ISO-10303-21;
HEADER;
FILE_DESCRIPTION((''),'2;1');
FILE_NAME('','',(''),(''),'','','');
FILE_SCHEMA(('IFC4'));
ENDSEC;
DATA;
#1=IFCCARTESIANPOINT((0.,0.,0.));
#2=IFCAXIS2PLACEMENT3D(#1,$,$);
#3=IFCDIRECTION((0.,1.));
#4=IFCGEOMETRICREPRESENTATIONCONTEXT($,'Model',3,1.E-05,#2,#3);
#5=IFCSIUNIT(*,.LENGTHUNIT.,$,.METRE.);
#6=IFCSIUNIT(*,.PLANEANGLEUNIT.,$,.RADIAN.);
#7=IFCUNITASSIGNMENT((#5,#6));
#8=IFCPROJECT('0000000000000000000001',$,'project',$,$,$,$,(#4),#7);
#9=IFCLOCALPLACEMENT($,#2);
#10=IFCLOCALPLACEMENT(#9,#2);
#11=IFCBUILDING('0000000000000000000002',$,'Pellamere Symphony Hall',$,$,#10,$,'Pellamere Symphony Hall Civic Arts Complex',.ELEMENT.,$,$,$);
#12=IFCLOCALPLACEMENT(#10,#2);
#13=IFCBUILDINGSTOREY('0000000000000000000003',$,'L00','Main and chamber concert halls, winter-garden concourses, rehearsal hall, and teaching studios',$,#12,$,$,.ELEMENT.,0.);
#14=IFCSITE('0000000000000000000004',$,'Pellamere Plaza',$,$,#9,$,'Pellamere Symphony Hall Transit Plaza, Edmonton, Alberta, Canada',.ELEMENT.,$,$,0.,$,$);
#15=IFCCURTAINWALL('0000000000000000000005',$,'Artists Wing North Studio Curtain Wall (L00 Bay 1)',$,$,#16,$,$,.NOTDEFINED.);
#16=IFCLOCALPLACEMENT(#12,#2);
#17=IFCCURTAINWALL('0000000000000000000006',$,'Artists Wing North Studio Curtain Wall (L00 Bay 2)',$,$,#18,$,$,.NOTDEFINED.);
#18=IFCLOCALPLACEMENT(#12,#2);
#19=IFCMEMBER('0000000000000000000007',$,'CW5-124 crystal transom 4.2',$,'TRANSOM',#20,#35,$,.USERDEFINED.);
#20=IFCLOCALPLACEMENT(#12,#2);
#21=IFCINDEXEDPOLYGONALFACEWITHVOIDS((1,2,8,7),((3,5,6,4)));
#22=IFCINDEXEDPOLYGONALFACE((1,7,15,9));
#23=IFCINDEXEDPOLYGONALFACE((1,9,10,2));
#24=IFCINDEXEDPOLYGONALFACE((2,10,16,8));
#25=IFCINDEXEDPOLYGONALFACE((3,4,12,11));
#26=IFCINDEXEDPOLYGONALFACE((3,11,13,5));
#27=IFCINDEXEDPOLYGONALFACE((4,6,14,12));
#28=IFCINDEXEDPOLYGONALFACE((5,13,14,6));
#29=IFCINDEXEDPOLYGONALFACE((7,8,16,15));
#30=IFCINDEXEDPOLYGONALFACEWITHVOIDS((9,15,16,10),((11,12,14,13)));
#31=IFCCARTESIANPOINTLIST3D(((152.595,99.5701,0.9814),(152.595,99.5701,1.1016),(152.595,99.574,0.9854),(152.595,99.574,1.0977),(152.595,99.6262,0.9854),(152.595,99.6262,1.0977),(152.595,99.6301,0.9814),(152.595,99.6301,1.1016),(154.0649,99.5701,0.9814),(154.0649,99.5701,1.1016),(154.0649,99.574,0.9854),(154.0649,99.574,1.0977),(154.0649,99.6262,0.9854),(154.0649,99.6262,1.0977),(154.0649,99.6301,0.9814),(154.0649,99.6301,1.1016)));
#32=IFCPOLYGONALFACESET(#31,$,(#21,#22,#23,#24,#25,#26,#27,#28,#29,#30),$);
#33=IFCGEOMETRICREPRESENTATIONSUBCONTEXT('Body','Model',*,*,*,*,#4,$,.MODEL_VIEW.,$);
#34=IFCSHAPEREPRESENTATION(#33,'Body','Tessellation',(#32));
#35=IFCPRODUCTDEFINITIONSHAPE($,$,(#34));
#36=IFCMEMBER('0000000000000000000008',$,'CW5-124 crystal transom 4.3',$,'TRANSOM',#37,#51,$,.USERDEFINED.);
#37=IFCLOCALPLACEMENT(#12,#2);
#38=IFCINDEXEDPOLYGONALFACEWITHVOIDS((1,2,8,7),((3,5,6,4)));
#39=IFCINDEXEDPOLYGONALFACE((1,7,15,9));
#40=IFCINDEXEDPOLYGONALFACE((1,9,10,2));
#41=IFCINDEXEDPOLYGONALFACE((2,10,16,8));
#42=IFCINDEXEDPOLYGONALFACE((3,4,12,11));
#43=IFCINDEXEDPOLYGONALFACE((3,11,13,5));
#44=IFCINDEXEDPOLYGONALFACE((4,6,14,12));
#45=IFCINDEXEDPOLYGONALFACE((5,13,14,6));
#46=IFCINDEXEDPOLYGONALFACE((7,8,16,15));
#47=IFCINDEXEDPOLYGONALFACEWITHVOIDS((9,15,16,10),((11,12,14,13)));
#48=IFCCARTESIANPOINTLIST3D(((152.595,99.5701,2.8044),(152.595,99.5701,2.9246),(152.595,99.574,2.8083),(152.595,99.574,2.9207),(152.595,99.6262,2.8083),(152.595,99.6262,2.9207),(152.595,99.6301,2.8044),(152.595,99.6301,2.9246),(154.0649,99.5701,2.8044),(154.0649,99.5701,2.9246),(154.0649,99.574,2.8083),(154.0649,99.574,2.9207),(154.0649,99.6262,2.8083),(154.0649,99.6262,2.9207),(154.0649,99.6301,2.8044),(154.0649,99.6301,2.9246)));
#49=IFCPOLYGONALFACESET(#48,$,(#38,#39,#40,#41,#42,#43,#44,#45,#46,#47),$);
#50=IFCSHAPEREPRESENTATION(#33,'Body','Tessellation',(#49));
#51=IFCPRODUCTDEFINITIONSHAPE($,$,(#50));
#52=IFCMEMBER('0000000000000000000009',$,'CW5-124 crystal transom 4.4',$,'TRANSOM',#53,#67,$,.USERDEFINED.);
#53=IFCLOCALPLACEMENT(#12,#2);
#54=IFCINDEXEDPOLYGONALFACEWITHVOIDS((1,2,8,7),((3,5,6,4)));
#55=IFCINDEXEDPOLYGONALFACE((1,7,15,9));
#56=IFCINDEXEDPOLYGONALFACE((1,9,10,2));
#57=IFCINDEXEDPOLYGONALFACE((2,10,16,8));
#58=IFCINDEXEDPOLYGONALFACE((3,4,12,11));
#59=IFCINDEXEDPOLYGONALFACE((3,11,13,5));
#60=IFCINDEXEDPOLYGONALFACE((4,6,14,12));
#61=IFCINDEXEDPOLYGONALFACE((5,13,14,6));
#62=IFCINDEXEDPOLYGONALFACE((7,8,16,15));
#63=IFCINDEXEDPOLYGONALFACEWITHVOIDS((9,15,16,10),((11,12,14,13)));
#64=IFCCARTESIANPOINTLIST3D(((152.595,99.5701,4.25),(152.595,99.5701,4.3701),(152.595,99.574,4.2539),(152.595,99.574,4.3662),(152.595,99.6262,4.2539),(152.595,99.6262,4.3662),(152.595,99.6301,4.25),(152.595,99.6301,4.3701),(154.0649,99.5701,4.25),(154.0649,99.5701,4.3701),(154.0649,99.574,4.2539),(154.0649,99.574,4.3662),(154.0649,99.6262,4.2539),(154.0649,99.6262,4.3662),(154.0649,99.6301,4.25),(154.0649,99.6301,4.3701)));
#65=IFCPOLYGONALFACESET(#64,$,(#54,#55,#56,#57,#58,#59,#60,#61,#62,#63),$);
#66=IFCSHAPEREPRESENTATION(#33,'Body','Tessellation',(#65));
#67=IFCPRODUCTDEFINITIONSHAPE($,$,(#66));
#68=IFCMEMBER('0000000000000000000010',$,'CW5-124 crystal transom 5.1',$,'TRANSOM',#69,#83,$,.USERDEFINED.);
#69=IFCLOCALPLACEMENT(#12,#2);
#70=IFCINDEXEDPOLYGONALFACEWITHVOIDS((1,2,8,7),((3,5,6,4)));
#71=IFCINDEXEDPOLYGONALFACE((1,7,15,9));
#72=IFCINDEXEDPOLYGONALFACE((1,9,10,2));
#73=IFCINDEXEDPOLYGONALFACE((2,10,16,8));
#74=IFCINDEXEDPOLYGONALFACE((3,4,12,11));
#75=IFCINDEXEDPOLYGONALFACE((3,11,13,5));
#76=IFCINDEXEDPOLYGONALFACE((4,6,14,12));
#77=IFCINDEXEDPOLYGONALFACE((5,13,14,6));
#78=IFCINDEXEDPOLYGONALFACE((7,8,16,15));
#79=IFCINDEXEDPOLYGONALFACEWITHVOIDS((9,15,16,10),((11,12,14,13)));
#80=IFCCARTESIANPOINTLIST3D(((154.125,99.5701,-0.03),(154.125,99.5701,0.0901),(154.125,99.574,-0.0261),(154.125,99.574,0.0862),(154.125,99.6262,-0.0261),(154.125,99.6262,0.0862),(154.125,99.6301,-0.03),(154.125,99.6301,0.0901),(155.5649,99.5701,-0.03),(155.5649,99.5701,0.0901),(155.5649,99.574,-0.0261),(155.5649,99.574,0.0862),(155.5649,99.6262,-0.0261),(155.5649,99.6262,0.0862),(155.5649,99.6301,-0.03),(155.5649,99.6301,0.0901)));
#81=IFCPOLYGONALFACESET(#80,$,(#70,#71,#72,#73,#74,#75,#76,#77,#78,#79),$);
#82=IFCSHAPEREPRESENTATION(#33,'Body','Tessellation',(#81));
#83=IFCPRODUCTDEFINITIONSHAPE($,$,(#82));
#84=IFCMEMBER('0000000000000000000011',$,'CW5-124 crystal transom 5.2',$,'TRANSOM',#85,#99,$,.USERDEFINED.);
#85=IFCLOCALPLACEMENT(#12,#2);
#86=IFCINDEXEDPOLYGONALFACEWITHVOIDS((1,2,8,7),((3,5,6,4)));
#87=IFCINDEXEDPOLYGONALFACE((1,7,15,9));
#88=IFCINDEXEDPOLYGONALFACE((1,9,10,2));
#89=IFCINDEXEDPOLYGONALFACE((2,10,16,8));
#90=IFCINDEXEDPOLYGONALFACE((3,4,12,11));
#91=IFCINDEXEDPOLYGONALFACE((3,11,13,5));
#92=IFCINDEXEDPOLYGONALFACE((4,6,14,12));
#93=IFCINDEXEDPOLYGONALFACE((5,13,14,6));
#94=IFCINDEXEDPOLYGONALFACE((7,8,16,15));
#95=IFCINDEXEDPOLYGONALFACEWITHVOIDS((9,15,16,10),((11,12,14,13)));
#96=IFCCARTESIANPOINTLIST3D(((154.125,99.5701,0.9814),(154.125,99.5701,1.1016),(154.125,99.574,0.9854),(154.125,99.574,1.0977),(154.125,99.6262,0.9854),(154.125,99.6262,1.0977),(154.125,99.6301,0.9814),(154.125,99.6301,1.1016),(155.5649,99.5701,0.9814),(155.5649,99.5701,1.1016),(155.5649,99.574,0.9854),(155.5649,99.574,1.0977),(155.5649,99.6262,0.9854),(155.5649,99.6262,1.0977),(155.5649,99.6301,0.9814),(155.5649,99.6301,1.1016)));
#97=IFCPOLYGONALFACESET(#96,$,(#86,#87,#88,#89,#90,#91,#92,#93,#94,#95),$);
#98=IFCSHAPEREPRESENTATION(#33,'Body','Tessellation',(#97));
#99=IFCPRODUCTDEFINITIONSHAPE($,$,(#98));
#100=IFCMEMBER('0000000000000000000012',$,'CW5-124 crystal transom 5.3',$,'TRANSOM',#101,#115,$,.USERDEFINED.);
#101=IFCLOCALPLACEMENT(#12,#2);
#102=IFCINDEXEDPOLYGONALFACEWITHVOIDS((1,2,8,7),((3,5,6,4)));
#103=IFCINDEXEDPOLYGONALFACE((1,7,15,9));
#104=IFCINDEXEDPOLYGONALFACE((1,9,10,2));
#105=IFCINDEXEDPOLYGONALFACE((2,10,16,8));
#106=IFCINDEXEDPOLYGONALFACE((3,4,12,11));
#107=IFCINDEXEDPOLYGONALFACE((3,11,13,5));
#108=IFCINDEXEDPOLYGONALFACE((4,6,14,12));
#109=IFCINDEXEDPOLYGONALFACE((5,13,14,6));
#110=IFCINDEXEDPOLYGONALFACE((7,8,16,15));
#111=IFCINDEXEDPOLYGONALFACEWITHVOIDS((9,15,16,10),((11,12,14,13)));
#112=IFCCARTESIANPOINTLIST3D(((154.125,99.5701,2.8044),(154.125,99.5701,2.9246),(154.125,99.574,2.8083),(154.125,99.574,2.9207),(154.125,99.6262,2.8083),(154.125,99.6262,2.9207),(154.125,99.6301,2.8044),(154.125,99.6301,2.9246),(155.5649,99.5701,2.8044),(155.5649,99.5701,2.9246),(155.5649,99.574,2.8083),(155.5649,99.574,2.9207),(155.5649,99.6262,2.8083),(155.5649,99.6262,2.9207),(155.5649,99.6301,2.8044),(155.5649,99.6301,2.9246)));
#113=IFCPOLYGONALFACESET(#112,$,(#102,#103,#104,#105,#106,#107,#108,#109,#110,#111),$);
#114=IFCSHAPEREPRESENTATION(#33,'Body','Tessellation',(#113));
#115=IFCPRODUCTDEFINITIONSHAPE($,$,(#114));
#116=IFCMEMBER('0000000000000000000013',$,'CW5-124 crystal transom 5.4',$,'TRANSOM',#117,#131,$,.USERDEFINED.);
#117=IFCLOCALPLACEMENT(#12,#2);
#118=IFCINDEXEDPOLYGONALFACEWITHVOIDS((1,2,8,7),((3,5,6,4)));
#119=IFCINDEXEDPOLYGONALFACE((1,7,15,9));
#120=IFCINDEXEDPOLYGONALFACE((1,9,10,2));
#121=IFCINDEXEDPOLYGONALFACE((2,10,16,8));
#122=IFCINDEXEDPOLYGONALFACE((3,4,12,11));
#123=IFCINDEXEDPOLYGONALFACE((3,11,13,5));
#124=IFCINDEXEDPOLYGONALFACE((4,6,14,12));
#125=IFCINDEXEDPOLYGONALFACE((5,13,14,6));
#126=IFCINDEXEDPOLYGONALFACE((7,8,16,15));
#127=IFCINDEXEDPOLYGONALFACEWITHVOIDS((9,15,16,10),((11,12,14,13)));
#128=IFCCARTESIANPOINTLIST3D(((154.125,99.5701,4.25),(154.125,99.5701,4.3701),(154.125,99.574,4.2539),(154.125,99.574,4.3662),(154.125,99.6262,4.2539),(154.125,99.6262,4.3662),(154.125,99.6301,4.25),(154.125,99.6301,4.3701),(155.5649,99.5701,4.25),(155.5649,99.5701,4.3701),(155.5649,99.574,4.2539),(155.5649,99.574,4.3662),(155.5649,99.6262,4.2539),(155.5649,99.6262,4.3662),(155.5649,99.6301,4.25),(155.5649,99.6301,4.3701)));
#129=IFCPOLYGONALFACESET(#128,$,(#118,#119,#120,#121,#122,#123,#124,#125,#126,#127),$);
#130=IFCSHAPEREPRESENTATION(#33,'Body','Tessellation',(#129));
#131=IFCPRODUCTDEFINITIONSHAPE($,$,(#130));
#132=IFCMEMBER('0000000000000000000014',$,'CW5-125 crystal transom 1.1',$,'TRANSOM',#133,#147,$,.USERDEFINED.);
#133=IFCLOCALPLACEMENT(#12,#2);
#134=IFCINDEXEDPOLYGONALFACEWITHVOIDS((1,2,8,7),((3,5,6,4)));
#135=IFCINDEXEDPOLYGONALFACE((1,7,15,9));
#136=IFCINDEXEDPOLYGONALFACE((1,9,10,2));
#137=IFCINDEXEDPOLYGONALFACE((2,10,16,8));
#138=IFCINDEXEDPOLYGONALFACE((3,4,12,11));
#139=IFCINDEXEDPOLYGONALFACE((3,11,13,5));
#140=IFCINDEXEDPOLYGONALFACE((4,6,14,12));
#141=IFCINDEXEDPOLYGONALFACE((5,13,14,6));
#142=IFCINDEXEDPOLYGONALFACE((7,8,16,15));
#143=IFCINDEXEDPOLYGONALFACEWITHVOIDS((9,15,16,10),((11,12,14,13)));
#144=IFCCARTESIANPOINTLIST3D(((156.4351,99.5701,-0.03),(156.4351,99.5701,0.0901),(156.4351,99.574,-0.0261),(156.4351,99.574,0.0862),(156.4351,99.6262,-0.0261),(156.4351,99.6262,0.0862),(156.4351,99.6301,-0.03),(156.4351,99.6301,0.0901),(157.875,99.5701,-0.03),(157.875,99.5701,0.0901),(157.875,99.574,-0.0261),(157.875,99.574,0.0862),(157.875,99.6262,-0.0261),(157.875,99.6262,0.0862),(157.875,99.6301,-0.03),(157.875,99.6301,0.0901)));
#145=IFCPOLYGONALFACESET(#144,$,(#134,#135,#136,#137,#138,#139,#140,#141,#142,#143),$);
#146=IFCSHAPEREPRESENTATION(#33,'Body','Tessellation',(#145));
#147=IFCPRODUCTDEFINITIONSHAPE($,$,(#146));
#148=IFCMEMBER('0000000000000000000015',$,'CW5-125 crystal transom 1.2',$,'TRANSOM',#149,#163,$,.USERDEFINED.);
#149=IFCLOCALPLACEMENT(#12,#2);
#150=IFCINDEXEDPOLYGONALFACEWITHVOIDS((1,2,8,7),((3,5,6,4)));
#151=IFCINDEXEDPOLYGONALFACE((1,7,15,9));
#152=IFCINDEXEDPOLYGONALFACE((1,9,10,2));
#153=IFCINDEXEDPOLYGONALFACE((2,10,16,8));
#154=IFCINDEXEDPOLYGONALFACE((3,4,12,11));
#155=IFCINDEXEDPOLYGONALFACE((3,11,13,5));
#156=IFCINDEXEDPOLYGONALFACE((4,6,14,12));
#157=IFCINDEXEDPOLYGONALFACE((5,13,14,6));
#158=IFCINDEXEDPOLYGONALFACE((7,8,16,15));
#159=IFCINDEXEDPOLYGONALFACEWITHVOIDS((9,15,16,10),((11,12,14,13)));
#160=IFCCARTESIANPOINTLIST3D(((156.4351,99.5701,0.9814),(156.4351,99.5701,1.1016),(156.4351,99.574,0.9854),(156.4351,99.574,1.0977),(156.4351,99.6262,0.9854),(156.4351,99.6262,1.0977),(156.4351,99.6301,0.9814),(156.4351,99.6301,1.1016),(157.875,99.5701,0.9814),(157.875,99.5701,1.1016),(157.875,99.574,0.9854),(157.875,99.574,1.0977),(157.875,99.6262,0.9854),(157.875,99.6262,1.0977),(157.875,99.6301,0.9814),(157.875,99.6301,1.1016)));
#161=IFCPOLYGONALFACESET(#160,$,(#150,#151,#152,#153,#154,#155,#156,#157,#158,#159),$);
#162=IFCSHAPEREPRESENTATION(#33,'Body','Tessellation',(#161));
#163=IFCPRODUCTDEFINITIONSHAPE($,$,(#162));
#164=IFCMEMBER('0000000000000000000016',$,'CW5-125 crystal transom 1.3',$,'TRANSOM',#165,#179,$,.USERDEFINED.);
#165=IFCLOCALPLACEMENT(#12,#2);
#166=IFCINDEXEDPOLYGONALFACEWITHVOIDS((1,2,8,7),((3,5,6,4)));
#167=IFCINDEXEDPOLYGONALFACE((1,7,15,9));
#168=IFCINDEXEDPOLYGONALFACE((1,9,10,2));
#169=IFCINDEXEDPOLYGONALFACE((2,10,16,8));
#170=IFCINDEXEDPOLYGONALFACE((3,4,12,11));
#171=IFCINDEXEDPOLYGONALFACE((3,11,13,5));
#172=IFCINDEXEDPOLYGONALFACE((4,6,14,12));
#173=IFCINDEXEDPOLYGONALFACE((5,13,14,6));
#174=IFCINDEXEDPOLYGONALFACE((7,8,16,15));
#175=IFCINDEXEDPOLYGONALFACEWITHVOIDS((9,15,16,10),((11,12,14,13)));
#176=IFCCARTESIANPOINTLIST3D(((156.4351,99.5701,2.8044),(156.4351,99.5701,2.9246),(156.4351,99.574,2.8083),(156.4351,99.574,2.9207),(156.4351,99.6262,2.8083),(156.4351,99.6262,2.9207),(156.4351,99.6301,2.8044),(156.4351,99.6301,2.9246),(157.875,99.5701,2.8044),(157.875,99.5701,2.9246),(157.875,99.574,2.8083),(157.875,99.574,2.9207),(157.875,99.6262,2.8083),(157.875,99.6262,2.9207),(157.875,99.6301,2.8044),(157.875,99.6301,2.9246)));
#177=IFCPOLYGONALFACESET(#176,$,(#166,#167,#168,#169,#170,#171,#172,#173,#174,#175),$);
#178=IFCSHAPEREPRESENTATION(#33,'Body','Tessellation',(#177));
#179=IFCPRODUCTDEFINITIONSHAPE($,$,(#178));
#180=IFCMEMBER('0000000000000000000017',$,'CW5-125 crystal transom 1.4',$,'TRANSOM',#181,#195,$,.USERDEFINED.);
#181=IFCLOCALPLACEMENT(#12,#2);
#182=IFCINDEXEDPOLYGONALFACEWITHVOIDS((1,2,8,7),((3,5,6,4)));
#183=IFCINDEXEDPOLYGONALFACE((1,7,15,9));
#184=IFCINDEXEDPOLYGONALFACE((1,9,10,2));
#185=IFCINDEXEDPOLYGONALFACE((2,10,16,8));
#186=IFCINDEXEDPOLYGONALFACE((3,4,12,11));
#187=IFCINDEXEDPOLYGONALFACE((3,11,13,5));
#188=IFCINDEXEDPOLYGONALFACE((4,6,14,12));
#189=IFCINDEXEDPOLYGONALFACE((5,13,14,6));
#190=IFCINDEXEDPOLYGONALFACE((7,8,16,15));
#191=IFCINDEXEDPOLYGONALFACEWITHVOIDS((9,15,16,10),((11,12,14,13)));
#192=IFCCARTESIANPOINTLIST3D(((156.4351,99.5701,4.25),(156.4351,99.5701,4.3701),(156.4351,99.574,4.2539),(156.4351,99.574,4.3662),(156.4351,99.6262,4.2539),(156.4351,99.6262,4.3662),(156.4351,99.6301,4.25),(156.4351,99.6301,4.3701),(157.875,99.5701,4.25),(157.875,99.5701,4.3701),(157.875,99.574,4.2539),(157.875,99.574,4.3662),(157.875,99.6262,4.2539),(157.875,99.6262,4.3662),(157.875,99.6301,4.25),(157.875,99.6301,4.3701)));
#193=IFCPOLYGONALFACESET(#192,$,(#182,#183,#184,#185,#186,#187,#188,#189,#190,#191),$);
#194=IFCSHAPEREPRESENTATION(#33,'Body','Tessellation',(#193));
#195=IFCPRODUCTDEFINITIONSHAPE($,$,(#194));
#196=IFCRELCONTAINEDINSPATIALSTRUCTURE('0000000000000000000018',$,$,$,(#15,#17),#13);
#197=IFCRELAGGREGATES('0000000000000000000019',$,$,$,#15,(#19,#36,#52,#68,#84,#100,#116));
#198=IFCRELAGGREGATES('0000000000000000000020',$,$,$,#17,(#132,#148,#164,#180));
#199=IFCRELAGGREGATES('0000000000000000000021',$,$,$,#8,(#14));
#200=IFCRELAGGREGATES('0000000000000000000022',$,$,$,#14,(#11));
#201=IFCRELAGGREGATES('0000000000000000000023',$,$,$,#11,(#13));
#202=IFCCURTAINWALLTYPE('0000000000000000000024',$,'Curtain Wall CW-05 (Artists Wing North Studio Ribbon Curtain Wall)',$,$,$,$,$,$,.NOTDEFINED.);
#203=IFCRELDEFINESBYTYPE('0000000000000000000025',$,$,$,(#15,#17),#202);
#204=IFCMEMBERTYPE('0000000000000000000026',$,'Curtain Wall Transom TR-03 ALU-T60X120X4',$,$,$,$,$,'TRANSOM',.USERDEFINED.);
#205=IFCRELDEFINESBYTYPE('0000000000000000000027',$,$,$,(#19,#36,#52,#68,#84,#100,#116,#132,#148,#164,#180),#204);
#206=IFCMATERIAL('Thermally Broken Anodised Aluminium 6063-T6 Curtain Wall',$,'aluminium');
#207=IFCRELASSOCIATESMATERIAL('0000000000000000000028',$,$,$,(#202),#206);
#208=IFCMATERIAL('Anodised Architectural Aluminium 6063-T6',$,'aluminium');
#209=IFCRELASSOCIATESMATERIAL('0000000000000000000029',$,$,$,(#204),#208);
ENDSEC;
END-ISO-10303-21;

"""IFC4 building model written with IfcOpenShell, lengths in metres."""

from ifc_helpers import new_model, si_unit, direction, frame, origin, origin_2d, place, context, subcontext, project, spatial, hollow_rectangle, extrude, material, material_profile, profile_set, type_object, element, aggregate, save


model = new_model("IFC4")

# Units and contexts
model_context = context("Model", 3, precision=1e-05, world=origin(), true_north=direction((0.0, 1.0)))
body_context = subcontext(model_context, "Body", "Model", "MODEL_VIEW")
ifc_project = project(units=[si_unit("LENGTHUNIT", "METRE"), si_unit("PLANEANGLEUNIT", "RADIAN")], contexts=[model_context])

# Site, building, storey
site_placement = place(None, origin())
site = spatial("IfcSite", under=ifc_project, at=site_placement, Name="Pellamere Plaza", LongName="Pellamere Symphony Hall Transit Plaza, Edmonton, Alberta, Canada", CompositionType="ELEMENT", RefElevation=0.0)
building_placement = place(site_placement, origin())
building = spatial("IfcBuilding", under=site, at=building_placement, Name="Pellamere Symphony Hall", LongName="Pellamere Symphony Hall Civic Arts Complex", CompositionType="ELEMENT")
storey_placement = place(building_placement, origin())
storey = spatial("IfcBuildingStorey", under=building, at=storey_placement, Name="L00", Description="Main and chamber concert halls, winter-garden concourses, rehearsal hall, and teaching studios", CompositionType="ELEMENT", Elevation=0.0)

# Curtain wall
ifc_material_1 = material(Name="Thermally Broken Anodised Aluminium 6063-T6 Curtain Wall", Category="aluminium")
curtain_wall_type = type_object("IfcCurtainWallType", Name="Curtain Wall CW-05 (Artists Wing North Studio Ribbon Curtain Wall)", PredefinedType="NOTDEFINED", material=ifc_material_1)
curtain_wall_1_placement = place(storey_placement, origin())
curtain_wall_1 = element("IfcCurtainWall", 1, at=curtain_wall_1_placement, inside=storey, type_object=curtain_wall_type, Name="Artists Wing North Studio Curtain Wall (L00 Bay 1)", PredefinedType="NOTDEFINED")
ifc_material_2 = material(Name="Anodised Architectural Aluminium 6063-T6", Category="aluminium")

# Curtain wall
curtain_wall_2_placement = place(storey_placement, origin())
curtain_wall_2 = element("IfcCurtainWall", 2, at=curtain_wall_2_placement, inside=storey, type_object=curtain_wall_type, Name="Artists Wing North Studio Curtain Wall (L00 Bay 2)", PredefinedType="NOTDEFINED")

# Members
ifc_material_profile_1 = material_profile(ifc_material_2, hollow_rectangle(XDim=0.0601, YDim=0.1201, WallThickness=0.0039, at=origin_2d()), Name="ALU-T60X120X4")
ifc_profile_set_1 = profile_set([ifc_material_profile_1], Name="Anodised Architectural Aluminium 6063-T6")
member_type_1 = type_object("IfcMemberType", Name="Curtain Wall Transom TR-03 ALU-T60X120X4", ElementType="TRANSOM", PredefinedType="USERDEFINED", material=ifc_profile_set_1)
member_1_placement = place(storey_placement, frame((152.595, 99.6001, 1.0415), z_axis=(1.0, 0.0, 0.0), x_axis=(0.0, 1.0, 0.0)))
member_1 = element("IfcMember", 3, at=member_1_placement, type_object=member_type_1, Name="CW5-124 crystal transom 4.2", ObjectType="TRANSOM", PredefinedType="USERDEFINED", context=body_context, shape_type="SweptSolid", body=[
    extrude(hollow_rectangle(XDim=0.0601, YDim=0.1201, WallThickness=0.0039, at=origin_2d()), origin(), (0.0, 0.0, 1.0), 1.47),
])
member_2_placement = place(storey_placement, frame((152.595, 99.6001, 2.8645), z_axis=(1.0, 0.0, 0.0), x_axis=(0.0, 1.0, 0.0)))
member_2 = element("IfcMember", 4, at=member_2_placement, type_object=member_type_1, Name="CW5-124 crystal transom 4.3", ObjectType="TRANSOM", PredefinedType="USERDEFINED", context=body_context, shape_type="SweptSolid", body=[
    extrude(hollow_rectangle(XDim=0.0601, YDim=0.1201, WallThickness=0.0039, at=origin_2d()), origin(), (0.0, 0.0, 1.0), 1.47),
])
member_3_placement = place(storey_placement, frame((152.595, 99.6001, 4.3101), z_axis=(1.0, 0.0, 0.0), x_axis=(0.0, 1.0, 0.0)))
member_3 = element("IfcMember", 5, at=member_3_placement, type_object=member_type_1, Name="CW5-124 crystal transom 4.4", ObjectType="TRANSOM", PredefinedType="USERDEFINED", context=body_context, shape_type="SweptSolid", body=[
    extrude(hollow_rectangle(XDim=0.0601, YDim=0.1201, WallThickness=0.0039, at=origin_2d()), origin(), (0.0, 0.0, 1.0), 1.47),
])
member_4_placement = place(storey_placement, frame((154.125, 99.6001, 0.03), z_axis=(1.0, 0.0, 0.0), x_axis=(0.0, 1.0, 0.0)))
member_4 = element("IfcMember", 6, at=member_4_placement, type_object=member_type_1, Name="CW5-124 crystal transom 5.1", ObjectType="TRANSOM", PredefinedType="USERDEFINED", context=body_context, shape_type="SweptSolid", body=[
    extrude(hollow_rectangle(XDim=0.0601, YDim=0.1201, WallThickness=0.0039, at=origin_2d()), origin(), (0.0, 0.0, 1.0), 1.4399),
])
member_5_placement = place(storey_placement, frame((154.125, 99.6001, 1.0415), z_axis=(1.0, 0.0, 0.0), x_axis=(0.0, 1.0, 0.0)))
member_5 = element("IfcMember", 7, at=member_5_placement, type_object=member_type_1, Name="CW5-124 crystal transom 5.2", ObjectType="TRANSOM", PredefinedType="USERDEFINED", context=body_context, shape_type="SweptSolid", body=[
    extrude(hollow_rectangle(XDim=0.0601, YDim=0.1201, WallThickness=0.0039, at=origin_2d()), origin(), (0.0, 0.0, 1.0), 1.4399),
])
member_6_placement = place(storey_placement, frame((154.125, 99.6001, 2.8645), z_axis=(1.0, 0.0, 0.0), x_axis=(0.0, 1.0, 0.0)))
member_6 = element("IfcMember", 8, at=member_6_placement, type_object=member_type_1, Name="CW5-124 crystal transom 5.3", ObjectType="TRANSOM", PredefinedType="USERDEFINED", context=body_context, shape_type="SweptSolid", body=[
    extrude(hollow_rectangle(XDim=0.0601, YDim=0.1201, WallThickness=0.0039, at=origin_2d()), origin(), (0.0, 0.0, 1.0), 1.4399),
])
member_7_placement = place(storey_placement, frame((154.125, 99.6001, 4.3101), z_axis=(1.0, 0.0, 0.0), x_axis=(0.0, 1.0, 0.0)))
member_7 = element("IfcMember", 9, at=member_7_placement, type_object=member_type_1, Name="CW5-124 crystal transom 5.4", ObjectType="TRANSOM", PredefinedType="USERDEFINED", context=body_context, shape_type="SweptSolid", body=[
    extrude(hollow_rectangle(XDim=0.0601, YDim=0.1201, WallThickness=0.0039, at=origin_2d()), origin(), (0.0, 0.0, 1.0), 1.4399),
])
member_8_placement = place(storey_placement, frame((156.4351, 99.6001, 0.03), z_axis=(1.0, 0.0, 0.0), x_axis=(0.0, 1.0, 0.0)))
member_8 = element("IfcMember", 10, at=member_8_placement, type_object=member_type_1, Name="CW5-125 crystal transom 1.1", ObjectType="TRANSOM", PredefinedType="USERDEFINED", context=body_context, shape_type="SweptSolid", body=[
    extrude(hollow_rectangle(XDim=0.0601, YDim=0.1201, WallThickness=0.0039, at=origin_2d()), origin(), (0.0, 0.0, 1.0), 1.4399),
])
member_9_placement = place(storey_placement, frame((156.4351, 99.6001, 1.0415), z_axis=(1.0, 0.0, 0.0), x_axis=(0.0, 1.0, 0.0)))
member_9 = element("IfcMember", 11, at=member_9_placement, type_object=member_type_1, Name="CW5-125 crystal transom 1.2", ObjectType="TRANSOM", PredefinedType="USERDEFINED", context=body_context, shape_type="SweptSolid", body=[
    extrude(hollow_rectangle(XDim=0.0601, YDim=0.1201, WallThickness=0.0039, at=origin_2d()), origin(), (0.0, 0.0, 1.0), 1.4399),
])
member_10_placement = place(storey_placement, frame((156.4351, 99.6001, 2.8645), z_axis=(1.0, 0.0, 0.0), x_axis=(0.0, 1.0, 0.0)))
member_10 = element("IfcMember", 12, at=member_10_placement, type_object=member_type_1, Name="CW5-125 crystal transom 1.3", ObjectType="TRANSOM", PredefinedType="USERDEFINED", context=body_context, shape_type="SweptSolid", body=[
    extrude(hollow_rectangle(XDim=0.0601, YDim=0.1201, WallThickness=0.0039, at=origin_2d()), origin(), (0.0, 0.0, 1.0), 1.4399),
])
member_11_placement = place(storey_placement, frame((156.4351, 99.6001, 4.3101), z_axis=(1.0, 0.0, 0.0), x_axis=(0.0, 1.0, 0.0)))
member_11 = element("IfcMember", 13, at=member_11_placement, type_object=member_type_1, Name="CW5-125 crystal transom 1.4", ObjectType="TRANSOM", PredefinedType="USERDEFINED", context=body_context, shape_type="SweptSolid", body=[
    extrude(hollow_rectangle(XDim=0.0601, YDim=0.1201, WallThickness=0.0039, at=origin_2d()), origin(), (0.0, 0.0, 1.0), 1.4399),
])

aggregate(curtain_wall_1, [member_1, member_2, member_3, member_4, member_5, member_6, member_7])
aggregate(curtain_wall_2, [member_8, member_9, member_10, member_11])

save(model, "model.ifc")
